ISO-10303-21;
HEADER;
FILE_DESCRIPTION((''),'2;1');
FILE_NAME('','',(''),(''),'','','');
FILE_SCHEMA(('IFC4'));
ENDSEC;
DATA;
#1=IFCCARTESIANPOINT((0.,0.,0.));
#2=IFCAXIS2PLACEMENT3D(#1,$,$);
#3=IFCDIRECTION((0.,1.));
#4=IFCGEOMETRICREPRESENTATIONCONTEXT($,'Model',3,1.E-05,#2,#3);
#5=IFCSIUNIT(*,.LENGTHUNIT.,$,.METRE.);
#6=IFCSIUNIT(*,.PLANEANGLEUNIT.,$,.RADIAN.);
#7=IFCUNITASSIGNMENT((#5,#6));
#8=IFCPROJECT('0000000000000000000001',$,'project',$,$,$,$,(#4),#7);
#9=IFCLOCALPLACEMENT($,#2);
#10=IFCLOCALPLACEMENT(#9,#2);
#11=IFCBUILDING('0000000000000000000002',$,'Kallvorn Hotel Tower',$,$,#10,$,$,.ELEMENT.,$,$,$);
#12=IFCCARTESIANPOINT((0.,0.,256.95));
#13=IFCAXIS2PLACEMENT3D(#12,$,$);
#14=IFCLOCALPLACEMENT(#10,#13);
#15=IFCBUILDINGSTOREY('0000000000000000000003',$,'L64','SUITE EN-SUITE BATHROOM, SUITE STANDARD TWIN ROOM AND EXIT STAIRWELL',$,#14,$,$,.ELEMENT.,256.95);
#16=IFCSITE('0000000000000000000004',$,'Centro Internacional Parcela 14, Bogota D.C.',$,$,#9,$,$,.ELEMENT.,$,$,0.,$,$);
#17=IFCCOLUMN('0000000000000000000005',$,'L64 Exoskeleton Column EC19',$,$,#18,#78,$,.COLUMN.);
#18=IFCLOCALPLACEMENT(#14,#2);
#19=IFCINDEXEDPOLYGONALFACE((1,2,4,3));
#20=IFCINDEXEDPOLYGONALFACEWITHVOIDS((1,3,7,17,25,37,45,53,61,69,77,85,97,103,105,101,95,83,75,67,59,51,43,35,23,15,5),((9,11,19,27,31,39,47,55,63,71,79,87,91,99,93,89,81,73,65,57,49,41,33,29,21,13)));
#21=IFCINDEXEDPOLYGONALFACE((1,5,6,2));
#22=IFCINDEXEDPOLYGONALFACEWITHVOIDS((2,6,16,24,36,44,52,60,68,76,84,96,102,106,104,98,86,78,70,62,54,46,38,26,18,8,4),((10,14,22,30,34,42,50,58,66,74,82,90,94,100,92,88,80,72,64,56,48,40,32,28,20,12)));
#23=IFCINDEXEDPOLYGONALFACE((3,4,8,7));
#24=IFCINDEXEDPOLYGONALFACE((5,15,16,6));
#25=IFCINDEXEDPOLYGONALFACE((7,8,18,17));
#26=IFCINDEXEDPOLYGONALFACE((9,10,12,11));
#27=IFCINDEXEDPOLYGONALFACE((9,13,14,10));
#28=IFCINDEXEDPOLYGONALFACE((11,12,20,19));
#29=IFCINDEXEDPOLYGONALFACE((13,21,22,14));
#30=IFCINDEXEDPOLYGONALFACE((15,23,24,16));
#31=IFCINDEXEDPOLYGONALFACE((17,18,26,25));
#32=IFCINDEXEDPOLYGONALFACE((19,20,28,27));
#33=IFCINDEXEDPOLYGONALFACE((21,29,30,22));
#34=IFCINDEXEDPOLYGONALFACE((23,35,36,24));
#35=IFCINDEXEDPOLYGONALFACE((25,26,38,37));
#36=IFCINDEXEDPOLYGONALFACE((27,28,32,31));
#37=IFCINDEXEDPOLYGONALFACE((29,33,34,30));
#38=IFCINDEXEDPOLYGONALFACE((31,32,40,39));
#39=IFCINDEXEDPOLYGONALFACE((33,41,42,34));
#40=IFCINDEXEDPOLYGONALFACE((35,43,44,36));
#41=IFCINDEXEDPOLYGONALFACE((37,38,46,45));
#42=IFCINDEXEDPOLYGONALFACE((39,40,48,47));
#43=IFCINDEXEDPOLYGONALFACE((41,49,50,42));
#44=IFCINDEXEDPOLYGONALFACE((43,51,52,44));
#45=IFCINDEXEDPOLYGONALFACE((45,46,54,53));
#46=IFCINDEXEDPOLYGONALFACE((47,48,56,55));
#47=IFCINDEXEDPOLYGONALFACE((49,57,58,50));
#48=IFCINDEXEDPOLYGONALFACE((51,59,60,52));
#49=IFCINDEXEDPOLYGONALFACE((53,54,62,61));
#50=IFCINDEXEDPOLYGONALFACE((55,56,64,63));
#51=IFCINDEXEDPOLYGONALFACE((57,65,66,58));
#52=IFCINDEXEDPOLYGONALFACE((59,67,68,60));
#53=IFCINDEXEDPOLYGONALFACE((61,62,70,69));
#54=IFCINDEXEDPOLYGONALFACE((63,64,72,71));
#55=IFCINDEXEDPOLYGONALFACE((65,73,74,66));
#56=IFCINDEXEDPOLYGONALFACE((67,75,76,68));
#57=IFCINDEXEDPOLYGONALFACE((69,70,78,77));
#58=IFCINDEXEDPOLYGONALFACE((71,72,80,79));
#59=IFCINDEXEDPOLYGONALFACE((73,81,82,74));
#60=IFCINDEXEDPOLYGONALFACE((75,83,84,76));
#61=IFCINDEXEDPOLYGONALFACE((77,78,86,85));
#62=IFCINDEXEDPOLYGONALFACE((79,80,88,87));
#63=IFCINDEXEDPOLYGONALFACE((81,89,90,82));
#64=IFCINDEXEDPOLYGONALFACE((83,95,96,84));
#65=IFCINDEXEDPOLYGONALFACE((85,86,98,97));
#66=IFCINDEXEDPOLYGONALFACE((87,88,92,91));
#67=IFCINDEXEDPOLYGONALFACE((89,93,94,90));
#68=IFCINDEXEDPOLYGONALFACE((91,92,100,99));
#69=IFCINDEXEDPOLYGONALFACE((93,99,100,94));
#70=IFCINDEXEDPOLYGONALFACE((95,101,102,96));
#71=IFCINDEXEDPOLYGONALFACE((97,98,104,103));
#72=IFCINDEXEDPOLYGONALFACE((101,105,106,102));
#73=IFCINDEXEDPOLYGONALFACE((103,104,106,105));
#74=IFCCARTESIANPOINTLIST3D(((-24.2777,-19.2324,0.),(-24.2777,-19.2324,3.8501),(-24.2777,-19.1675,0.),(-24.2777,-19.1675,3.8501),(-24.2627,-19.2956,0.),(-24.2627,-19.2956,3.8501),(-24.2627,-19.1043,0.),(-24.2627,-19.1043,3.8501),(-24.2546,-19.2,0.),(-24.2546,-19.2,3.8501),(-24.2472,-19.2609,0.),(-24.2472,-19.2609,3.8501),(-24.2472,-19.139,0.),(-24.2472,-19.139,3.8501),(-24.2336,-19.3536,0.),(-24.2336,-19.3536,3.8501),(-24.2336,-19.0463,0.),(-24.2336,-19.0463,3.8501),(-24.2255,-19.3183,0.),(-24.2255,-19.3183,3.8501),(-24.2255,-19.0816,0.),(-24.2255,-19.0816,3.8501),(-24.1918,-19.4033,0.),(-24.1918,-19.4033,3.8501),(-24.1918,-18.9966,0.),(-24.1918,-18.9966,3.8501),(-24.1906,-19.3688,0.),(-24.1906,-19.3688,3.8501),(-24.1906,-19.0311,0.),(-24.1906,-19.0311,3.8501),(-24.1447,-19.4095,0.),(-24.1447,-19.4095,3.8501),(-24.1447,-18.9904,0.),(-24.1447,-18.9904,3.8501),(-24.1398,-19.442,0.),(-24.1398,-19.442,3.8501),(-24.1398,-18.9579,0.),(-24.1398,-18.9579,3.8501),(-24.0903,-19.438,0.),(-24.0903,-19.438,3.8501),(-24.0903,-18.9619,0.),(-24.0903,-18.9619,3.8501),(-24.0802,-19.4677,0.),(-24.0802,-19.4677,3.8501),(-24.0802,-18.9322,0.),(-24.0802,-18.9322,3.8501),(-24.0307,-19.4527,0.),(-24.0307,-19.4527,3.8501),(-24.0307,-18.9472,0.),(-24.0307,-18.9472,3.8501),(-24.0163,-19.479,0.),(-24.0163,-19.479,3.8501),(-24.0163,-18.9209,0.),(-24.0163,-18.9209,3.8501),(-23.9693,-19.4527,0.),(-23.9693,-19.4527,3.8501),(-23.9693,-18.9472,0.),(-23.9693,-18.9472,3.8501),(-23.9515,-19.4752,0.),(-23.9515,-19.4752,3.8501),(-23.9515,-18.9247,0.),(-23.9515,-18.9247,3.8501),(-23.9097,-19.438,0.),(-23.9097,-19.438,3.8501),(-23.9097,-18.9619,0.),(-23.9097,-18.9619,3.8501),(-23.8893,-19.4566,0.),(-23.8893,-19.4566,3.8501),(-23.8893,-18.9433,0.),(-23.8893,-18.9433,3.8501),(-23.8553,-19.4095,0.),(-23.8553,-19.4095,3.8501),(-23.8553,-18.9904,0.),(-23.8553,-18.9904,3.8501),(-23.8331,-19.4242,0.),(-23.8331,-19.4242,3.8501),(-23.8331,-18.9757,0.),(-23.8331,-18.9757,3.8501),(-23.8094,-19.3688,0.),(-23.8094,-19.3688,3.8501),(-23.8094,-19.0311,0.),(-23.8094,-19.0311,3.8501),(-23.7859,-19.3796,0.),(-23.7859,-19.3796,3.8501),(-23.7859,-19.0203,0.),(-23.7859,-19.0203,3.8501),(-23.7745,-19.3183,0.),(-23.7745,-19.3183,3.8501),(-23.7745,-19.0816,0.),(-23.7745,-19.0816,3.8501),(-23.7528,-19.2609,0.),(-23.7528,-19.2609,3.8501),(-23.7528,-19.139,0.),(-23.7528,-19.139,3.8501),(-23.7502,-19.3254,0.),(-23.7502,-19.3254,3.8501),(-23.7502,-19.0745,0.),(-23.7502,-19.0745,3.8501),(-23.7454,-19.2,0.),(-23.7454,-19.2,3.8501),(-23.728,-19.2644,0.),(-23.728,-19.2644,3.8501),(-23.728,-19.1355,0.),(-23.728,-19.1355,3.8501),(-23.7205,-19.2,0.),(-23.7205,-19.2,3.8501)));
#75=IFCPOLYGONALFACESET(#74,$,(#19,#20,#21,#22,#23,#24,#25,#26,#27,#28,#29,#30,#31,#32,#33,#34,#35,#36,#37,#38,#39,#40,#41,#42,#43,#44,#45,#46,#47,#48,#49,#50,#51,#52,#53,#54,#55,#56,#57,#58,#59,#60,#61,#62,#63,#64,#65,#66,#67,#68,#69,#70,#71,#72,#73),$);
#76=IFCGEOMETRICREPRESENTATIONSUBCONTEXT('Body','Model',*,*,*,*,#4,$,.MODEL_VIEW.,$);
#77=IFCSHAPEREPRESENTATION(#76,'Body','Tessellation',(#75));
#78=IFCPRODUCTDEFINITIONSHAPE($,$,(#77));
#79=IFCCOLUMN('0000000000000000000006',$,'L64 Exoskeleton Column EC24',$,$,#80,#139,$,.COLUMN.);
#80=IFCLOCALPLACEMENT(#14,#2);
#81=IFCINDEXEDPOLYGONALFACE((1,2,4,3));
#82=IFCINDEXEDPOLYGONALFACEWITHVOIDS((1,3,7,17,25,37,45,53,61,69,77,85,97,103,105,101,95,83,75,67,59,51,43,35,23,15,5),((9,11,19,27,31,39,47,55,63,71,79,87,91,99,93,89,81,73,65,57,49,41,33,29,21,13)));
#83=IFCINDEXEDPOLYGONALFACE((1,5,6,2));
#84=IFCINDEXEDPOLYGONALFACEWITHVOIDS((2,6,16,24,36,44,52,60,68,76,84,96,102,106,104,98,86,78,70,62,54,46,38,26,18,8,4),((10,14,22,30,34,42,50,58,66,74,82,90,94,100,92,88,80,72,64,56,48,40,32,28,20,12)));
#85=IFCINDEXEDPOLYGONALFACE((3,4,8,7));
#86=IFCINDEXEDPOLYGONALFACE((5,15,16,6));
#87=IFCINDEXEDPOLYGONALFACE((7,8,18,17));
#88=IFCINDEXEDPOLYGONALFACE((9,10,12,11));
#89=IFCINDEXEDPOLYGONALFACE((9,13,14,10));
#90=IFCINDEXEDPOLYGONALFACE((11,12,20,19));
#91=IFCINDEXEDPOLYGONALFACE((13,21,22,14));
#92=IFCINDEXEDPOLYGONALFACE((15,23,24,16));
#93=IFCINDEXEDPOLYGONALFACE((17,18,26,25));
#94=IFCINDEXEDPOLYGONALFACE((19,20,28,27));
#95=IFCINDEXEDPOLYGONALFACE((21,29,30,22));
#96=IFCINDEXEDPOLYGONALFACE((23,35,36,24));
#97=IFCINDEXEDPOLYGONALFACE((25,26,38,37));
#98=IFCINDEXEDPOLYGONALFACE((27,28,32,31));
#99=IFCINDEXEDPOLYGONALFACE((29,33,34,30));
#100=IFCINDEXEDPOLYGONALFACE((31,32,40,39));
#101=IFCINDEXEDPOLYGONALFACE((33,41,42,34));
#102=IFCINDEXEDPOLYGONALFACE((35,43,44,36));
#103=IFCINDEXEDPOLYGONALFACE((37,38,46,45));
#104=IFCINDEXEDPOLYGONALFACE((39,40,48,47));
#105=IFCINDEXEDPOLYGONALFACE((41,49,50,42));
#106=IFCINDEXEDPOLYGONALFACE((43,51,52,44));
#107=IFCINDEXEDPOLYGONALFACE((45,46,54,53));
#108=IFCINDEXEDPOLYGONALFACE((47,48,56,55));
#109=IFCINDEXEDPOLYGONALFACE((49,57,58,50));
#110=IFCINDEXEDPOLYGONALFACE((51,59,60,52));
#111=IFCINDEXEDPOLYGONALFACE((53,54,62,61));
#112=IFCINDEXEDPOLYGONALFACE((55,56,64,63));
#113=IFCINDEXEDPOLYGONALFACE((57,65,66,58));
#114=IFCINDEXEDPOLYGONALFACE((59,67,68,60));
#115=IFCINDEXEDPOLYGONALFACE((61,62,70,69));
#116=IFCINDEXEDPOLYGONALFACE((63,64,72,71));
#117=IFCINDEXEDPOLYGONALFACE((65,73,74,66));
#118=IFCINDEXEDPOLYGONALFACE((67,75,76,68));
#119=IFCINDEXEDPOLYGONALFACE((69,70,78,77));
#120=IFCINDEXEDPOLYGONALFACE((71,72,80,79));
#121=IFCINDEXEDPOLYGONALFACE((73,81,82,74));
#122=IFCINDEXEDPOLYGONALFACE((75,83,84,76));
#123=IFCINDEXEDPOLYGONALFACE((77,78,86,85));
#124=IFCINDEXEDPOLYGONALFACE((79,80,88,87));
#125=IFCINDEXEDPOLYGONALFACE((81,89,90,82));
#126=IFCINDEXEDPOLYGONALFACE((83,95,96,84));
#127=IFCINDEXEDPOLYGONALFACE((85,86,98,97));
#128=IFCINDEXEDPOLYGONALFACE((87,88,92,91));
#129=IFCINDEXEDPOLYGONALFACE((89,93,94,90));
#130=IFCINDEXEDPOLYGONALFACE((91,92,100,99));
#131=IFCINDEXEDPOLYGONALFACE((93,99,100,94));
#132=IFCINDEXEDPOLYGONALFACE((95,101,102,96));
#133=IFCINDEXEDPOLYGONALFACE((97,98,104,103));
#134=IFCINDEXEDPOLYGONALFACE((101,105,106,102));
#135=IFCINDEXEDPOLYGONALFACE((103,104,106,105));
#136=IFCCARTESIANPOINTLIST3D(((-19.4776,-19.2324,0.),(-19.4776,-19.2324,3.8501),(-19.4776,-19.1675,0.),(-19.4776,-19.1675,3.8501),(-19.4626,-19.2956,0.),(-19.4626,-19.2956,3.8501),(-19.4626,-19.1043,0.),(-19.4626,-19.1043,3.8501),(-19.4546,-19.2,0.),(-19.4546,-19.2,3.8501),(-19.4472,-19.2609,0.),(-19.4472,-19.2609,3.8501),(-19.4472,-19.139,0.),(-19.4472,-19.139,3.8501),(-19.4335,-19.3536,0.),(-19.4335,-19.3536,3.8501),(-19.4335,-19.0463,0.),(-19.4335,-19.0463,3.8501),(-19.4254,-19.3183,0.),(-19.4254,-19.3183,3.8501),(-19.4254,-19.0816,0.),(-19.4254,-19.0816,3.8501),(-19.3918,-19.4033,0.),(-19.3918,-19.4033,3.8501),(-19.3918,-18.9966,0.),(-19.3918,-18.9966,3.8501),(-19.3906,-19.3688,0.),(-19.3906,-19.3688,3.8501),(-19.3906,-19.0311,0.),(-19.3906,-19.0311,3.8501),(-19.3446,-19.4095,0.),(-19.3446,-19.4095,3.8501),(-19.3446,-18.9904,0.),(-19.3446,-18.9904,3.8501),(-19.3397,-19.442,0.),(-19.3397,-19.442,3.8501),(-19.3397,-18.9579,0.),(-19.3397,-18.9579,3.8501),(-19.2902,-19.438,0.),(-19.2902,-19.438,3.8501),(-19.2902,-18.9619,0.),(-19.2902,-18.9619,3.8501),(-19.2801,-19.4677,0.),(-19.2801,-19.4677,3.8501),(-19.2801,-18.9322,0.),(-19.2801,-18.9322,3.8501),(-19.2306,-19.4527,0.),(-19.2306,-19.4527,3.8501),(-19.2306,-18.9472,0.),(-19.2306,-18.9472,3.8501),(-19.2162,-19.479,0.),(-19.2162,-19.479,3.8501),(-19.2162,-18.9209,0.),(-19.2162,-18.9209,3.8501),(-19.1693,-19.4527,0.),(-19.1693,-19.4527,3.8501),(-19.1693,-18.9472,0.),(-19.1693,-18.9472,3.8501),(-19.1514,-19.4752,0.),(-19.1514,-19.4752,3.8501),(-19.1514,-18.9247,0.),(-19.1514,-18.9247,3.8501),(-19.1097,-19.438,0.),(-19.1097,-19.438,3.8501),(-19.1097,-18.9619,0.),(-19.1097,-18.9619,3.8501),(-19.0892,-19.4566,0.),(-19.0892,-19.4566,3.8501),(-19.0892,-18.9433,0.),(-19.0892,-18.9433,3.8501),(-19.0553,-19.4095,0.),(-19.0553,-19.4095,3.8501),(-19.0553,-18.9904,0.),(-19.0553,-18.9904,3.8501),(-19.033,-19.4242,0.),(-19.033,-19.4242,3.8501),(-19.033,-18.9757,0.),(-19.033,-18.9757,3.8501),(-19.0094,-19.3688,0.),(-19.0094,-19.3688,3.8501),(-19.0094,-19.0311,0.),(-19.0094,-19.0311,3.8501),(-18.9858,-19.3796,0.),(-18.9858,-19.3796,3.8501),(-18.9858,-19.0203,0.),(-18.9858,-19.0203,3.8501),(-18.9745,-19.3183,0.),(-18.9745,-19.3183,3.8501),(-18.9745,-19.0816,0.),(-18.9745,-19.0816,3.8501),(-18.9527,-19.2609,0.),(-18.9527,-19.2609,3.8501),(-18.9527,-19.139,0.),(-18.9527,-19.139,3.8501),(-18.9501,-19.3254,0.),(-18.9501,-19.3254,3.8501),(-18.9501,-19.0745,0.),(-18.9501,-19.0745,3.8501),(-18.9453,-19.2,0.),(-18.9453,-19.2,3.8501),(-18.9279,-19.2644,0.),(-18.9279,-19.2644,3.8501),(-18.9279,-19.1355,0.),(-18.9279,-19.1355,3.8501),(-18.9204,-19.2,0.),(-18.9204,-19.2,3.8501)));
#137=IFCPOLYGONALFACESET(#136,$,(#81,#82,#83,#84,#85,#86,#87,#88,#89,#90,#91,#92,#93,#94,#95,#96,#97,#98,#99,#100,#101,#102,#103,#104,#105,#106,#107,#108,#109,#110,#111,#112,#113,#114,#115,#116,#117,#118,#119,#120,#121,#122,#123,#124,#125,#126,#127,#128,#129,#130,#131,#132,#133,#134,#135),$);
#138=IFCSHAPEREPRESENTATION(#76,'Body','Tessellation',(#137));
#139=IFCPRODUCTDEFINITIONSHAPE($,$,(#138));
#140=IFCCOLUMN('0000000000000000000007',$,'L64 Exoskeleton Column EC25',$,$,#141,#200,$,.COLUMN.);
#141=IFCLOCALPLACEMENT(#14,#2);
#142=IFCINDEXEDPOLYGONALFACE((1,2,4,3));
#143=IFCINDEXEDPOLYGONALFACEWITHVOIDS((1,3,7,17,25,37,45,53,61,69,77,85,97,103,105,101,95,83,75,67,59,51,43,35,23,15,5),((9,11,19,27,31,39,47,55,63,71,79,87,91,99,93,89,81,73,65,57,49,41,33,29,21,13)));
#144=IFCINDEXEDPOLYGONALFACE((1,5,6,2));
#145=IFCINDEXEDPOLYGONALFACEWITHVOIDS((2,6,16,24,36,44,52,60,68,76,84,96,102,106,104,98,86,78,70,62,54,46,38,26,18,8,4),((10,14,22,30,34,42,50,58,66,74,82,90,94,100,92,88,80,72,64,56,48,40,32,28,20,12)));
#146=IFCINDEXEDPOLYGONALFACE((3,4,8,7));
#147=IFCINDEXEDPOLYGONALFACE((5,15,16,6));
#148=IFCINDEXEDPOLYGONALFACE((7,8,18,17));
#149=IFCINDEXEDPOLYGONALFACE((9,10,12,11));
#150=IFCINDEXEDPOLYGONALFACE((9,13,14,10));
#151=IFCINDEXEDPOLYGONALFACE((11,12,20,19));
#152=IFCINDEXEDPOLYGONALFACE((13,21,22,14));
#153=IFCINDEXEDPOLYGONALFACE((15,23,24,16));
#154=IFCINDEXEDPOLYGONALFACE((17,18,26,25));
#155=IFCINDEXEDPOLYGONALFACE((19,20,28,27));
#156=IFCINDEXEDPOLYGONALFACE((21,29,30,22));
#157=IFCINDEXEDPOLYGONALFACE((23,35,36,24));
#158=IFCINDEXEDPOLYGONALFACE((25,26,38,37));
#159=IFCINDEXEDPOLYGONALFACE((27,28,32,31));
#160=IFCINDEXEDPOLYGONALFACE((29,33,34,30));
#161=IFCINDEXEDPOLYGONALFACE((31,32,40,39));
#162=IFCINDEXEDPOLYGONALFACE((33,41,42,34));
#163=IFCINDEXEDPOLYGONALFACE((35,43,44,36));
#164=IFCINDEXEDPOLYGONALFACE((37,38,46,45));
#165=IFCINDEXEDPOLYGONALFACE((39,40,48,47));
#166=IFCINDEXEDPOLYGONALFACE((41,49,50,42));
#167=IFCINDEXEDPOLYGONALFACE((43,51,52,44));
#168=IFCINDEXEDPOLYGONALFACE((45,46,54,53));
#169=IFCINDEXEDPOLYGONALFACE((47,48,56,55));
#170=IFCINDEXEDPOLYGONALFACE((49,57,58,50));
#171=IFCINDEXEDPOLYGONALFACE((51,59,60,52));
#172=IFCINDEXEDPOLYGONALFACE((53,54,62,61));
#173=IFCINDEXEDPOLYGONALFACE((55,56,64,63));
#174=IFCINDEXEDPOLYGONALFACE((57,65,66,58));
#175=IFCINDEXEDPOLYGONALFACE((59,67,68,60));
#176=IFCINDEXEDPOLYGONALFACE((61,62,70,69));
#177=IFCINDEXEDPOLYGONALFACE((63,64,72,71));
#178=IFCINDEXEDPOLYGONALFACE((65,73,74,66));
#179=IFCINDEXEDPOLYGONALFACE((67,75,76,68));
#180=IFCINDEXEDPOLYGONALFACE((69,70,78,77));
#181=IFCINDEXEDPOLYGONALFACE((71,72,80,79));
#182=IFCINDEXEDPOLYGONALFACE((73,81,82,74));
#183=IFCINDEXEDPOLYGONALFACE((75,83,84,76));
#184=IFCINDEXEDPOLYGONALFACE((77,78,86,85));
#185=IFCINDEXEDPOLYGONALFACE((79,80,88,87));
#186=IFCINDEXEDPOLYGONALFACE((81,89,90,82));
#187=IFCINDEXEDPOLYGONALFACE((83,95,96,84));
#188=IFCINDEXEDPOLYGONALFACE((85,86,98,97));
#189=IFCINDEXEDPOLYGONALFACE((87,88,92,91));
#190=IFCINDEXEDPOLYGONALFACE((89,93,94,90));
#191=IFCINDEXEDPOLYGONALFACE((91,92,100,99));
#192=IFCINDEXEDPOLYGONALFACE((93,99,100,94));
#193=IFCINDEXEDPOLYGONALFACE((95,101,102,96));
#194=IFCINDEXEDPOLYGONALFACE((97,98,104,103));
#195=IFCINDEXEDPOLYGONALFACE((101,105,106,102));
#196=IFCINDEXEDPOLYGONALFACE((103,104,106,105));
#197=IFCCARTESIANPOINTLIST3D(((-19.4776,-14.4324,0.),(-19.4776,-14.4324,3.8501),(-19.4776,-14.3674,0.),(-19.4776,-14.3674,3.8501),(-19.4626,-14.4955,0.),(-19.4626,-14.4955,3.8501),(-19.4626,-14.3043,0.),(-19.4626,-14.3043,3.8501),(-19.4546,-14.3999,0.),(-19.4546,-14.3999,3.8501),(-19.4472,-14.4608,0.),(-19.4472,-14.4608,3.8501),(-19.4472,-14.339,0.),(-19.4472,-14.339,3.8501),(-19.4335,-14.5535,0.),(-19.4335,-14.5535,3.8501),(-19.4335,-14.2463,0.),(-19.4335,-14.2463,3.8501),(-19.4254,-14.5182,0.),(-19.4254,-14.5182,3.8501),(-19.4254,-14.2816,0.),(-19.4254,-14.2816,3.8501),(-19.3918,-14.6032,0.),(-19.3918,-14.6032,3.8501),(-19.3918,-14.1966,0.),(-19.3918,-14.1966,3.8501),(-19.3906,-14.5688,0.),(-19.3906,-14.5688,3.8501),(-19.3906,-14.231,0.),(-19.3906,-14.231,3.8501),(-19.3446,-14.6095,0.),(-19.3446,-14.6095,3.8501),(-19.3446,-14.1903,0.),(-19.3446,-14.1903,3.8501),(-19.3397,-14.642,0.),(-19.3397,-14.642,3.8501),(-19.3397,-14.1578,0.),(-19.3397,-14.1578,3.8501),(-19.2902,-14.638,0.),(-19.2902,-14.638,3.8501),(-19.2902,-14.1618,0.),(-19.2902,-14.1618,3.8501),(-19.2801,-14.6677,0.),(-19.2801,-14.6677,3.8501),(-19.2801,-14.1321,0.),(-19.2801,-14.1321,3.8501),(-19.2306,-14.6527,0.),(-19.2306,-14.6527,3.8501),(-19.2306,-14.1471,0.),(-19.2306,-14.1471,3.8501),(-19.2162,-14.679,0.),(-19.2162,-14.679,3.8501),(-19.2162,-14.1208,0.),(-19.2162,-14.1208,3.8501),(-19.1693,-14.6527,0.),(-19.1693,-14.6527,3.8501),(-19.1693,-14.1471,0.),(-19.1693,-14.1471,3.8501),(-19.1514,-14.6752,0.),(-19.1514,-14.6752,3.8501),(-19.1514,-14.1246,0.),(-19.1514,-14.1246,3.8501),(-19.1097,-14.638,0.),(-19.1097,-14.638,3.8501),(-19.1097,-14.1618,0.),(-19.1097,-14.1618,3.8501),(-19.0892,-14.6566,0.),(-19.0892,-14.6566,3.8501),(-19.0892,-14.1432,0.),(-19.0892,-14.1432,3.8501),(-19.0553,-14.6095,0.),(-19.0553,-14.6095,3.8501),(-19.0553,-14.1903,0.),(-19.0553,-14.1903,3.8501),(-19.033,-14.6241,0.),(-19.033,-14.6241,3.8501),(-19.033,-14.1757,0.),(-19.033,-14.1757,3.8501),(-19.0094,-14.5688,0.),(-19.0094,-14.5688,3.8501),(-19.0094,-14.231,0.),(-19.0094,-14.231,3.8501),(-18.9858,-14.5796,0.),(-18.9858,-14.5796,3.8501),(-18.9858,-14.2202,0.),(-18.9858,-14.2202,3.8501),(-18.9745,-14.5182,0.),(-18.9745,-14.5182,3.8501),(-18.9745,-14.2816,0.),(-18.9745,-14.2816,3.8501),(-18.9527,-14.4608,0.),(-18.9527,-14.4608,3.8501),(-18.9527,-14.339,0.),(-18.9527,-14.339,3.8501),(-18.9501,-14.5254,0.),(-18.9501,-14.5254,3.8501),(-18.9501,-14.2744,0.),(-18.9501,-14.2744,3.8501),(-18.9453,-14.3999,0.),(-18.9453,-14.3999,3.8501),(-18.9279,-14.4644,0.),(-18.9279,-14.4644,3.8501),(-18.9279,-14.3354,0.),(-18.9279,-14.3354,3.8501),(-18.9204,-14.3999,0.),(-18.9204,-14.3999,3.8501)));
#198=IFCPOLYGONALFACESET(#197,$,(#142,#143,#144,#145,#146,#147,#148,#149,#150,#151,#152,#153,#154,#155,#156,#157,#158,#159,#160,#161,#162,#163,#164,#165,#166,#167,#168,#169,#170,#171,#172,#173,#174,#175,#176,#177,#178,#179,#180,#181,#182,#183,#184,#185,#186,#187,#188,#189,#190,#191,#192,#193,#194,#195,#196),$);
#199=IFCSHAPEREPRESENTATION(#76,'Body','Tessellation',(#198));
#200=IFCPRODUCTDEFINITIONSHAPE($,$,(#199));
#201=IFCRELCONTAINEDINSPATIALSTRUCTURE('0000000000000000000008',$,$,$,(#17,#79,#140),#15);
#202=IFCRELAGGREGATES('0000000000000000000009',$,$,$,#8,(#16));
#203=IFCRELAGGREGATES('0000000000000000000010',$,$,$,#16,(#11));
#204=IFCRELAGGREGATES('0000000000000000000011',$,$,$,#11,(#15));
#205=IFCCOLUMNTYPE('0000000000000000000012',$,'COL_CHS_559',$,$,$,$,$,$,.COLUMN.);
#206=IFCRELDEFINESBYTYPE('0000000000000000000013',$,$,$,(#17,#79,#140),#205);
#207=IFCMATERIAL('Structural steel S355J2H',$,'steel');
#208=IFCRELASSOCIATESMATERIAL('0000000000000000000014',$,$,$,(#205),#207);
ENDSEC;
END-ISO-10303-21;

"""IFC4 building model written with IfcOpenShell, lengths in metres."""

from ifc_helpers import new_model, si_unit, direction, frame, origin, origin_2d, place, context, subcontext, project, spatial, hollow_circle, extrude, material, material_profile, profile_set, type_object, element, save


model = new_model("IFC4")

# Units and contexts
model_context = context("Model", 3, precision=1e-05, world=origin(), true_north=direction((0.0, 1.0)))
body_context = subcontext(model_context, "Body", "Model", "MODEL_VIEW")
ifc_project = project(units=[si_unit("LENGTHUNIT", "METRE"), si_unit("PLANEANGLEUNIT", "RADIAN")], contexts=[model_context])

# Site, building, storey
site_placement = place(None, origin())
site = spatial("IfcSite", under=ifc_project, at=site_placement, Name="Centro Internacional Parcela 14, Bogota D.C.", CompositionType="ELEMENT", RefElevation=0.0)
building_placement = place(site_placement, origin())
building = spatial("IfcBuilding", under=site, at=building_placement, Name="Kallvorn Hotel Tower", CompositionType="ELEMENT")
storey_placement = place(building_placement, frame((0.0, 0.0, 256.95)))
storey = spatial("IfcBuildingStorey", under=building, at=storey_placement, Name="L64", Description="SUITE EN-SUITE BATHROOM, SUITE STANDARD TWIN ROOM AND EXIT STAIRWELL", CompositionType="ELEMENT", Elevation=256.95)

# Columns
ifc_material_1 = material(Name="Structural steel S355J2H", Category="steel")
ifc_material_profile_1 = material_profile(ifc_material_1, hollow_circle(Radius=0.2795, WallThickness=0.0249, at=origin_2d()), Name="CHS 559x25")
ifc_profile_set_1 = profile_set([ifc_material_profile_1], Name="Structural steel S355J2H")
column_type_1 = type_object("IfcColumnType", Name="COL_CHS_559", PredefinedType="COLUMN", material=ifc_profile_set_1)
for number, where, z_axis, x_axis, name in (
    (1, (-24.0, -19.2, 0.0), (0.0, 0.0, 1.0), (1.0, 0.0, 0.0), "L64 Exoskeleton Column EC19"),
    (2, (-19.2, -19.2, 0.0), (0.0, 0.0, 1.0), (1.0, 0.0, 0.0), "L64 Exoskeleton Column EC24"),
    (3, (-19.2, -14.3999, 0.0), (0.0, 0.0, 1.0), (1.0, 0.0, 0.0), "L64 Exoskeleton Column EC25"),
):
    element("IfcColumn", number, at=place(storey_placement, frame(where, z_axis=z_axis, x_axis=x_axis)), inside=storey, type_object=column_type_1, Name=name, PredefinedType="COLUMN", context=body_context, shape_type="SweptSolid", body=[
        extrude(hollow_circle(Radius=0.2795, WallThickness=0.0249, at=origin_2d()), origin(), (0.0, 0.0, 1.0), 3.8501),
    ])

save(model, "model.ifc")
